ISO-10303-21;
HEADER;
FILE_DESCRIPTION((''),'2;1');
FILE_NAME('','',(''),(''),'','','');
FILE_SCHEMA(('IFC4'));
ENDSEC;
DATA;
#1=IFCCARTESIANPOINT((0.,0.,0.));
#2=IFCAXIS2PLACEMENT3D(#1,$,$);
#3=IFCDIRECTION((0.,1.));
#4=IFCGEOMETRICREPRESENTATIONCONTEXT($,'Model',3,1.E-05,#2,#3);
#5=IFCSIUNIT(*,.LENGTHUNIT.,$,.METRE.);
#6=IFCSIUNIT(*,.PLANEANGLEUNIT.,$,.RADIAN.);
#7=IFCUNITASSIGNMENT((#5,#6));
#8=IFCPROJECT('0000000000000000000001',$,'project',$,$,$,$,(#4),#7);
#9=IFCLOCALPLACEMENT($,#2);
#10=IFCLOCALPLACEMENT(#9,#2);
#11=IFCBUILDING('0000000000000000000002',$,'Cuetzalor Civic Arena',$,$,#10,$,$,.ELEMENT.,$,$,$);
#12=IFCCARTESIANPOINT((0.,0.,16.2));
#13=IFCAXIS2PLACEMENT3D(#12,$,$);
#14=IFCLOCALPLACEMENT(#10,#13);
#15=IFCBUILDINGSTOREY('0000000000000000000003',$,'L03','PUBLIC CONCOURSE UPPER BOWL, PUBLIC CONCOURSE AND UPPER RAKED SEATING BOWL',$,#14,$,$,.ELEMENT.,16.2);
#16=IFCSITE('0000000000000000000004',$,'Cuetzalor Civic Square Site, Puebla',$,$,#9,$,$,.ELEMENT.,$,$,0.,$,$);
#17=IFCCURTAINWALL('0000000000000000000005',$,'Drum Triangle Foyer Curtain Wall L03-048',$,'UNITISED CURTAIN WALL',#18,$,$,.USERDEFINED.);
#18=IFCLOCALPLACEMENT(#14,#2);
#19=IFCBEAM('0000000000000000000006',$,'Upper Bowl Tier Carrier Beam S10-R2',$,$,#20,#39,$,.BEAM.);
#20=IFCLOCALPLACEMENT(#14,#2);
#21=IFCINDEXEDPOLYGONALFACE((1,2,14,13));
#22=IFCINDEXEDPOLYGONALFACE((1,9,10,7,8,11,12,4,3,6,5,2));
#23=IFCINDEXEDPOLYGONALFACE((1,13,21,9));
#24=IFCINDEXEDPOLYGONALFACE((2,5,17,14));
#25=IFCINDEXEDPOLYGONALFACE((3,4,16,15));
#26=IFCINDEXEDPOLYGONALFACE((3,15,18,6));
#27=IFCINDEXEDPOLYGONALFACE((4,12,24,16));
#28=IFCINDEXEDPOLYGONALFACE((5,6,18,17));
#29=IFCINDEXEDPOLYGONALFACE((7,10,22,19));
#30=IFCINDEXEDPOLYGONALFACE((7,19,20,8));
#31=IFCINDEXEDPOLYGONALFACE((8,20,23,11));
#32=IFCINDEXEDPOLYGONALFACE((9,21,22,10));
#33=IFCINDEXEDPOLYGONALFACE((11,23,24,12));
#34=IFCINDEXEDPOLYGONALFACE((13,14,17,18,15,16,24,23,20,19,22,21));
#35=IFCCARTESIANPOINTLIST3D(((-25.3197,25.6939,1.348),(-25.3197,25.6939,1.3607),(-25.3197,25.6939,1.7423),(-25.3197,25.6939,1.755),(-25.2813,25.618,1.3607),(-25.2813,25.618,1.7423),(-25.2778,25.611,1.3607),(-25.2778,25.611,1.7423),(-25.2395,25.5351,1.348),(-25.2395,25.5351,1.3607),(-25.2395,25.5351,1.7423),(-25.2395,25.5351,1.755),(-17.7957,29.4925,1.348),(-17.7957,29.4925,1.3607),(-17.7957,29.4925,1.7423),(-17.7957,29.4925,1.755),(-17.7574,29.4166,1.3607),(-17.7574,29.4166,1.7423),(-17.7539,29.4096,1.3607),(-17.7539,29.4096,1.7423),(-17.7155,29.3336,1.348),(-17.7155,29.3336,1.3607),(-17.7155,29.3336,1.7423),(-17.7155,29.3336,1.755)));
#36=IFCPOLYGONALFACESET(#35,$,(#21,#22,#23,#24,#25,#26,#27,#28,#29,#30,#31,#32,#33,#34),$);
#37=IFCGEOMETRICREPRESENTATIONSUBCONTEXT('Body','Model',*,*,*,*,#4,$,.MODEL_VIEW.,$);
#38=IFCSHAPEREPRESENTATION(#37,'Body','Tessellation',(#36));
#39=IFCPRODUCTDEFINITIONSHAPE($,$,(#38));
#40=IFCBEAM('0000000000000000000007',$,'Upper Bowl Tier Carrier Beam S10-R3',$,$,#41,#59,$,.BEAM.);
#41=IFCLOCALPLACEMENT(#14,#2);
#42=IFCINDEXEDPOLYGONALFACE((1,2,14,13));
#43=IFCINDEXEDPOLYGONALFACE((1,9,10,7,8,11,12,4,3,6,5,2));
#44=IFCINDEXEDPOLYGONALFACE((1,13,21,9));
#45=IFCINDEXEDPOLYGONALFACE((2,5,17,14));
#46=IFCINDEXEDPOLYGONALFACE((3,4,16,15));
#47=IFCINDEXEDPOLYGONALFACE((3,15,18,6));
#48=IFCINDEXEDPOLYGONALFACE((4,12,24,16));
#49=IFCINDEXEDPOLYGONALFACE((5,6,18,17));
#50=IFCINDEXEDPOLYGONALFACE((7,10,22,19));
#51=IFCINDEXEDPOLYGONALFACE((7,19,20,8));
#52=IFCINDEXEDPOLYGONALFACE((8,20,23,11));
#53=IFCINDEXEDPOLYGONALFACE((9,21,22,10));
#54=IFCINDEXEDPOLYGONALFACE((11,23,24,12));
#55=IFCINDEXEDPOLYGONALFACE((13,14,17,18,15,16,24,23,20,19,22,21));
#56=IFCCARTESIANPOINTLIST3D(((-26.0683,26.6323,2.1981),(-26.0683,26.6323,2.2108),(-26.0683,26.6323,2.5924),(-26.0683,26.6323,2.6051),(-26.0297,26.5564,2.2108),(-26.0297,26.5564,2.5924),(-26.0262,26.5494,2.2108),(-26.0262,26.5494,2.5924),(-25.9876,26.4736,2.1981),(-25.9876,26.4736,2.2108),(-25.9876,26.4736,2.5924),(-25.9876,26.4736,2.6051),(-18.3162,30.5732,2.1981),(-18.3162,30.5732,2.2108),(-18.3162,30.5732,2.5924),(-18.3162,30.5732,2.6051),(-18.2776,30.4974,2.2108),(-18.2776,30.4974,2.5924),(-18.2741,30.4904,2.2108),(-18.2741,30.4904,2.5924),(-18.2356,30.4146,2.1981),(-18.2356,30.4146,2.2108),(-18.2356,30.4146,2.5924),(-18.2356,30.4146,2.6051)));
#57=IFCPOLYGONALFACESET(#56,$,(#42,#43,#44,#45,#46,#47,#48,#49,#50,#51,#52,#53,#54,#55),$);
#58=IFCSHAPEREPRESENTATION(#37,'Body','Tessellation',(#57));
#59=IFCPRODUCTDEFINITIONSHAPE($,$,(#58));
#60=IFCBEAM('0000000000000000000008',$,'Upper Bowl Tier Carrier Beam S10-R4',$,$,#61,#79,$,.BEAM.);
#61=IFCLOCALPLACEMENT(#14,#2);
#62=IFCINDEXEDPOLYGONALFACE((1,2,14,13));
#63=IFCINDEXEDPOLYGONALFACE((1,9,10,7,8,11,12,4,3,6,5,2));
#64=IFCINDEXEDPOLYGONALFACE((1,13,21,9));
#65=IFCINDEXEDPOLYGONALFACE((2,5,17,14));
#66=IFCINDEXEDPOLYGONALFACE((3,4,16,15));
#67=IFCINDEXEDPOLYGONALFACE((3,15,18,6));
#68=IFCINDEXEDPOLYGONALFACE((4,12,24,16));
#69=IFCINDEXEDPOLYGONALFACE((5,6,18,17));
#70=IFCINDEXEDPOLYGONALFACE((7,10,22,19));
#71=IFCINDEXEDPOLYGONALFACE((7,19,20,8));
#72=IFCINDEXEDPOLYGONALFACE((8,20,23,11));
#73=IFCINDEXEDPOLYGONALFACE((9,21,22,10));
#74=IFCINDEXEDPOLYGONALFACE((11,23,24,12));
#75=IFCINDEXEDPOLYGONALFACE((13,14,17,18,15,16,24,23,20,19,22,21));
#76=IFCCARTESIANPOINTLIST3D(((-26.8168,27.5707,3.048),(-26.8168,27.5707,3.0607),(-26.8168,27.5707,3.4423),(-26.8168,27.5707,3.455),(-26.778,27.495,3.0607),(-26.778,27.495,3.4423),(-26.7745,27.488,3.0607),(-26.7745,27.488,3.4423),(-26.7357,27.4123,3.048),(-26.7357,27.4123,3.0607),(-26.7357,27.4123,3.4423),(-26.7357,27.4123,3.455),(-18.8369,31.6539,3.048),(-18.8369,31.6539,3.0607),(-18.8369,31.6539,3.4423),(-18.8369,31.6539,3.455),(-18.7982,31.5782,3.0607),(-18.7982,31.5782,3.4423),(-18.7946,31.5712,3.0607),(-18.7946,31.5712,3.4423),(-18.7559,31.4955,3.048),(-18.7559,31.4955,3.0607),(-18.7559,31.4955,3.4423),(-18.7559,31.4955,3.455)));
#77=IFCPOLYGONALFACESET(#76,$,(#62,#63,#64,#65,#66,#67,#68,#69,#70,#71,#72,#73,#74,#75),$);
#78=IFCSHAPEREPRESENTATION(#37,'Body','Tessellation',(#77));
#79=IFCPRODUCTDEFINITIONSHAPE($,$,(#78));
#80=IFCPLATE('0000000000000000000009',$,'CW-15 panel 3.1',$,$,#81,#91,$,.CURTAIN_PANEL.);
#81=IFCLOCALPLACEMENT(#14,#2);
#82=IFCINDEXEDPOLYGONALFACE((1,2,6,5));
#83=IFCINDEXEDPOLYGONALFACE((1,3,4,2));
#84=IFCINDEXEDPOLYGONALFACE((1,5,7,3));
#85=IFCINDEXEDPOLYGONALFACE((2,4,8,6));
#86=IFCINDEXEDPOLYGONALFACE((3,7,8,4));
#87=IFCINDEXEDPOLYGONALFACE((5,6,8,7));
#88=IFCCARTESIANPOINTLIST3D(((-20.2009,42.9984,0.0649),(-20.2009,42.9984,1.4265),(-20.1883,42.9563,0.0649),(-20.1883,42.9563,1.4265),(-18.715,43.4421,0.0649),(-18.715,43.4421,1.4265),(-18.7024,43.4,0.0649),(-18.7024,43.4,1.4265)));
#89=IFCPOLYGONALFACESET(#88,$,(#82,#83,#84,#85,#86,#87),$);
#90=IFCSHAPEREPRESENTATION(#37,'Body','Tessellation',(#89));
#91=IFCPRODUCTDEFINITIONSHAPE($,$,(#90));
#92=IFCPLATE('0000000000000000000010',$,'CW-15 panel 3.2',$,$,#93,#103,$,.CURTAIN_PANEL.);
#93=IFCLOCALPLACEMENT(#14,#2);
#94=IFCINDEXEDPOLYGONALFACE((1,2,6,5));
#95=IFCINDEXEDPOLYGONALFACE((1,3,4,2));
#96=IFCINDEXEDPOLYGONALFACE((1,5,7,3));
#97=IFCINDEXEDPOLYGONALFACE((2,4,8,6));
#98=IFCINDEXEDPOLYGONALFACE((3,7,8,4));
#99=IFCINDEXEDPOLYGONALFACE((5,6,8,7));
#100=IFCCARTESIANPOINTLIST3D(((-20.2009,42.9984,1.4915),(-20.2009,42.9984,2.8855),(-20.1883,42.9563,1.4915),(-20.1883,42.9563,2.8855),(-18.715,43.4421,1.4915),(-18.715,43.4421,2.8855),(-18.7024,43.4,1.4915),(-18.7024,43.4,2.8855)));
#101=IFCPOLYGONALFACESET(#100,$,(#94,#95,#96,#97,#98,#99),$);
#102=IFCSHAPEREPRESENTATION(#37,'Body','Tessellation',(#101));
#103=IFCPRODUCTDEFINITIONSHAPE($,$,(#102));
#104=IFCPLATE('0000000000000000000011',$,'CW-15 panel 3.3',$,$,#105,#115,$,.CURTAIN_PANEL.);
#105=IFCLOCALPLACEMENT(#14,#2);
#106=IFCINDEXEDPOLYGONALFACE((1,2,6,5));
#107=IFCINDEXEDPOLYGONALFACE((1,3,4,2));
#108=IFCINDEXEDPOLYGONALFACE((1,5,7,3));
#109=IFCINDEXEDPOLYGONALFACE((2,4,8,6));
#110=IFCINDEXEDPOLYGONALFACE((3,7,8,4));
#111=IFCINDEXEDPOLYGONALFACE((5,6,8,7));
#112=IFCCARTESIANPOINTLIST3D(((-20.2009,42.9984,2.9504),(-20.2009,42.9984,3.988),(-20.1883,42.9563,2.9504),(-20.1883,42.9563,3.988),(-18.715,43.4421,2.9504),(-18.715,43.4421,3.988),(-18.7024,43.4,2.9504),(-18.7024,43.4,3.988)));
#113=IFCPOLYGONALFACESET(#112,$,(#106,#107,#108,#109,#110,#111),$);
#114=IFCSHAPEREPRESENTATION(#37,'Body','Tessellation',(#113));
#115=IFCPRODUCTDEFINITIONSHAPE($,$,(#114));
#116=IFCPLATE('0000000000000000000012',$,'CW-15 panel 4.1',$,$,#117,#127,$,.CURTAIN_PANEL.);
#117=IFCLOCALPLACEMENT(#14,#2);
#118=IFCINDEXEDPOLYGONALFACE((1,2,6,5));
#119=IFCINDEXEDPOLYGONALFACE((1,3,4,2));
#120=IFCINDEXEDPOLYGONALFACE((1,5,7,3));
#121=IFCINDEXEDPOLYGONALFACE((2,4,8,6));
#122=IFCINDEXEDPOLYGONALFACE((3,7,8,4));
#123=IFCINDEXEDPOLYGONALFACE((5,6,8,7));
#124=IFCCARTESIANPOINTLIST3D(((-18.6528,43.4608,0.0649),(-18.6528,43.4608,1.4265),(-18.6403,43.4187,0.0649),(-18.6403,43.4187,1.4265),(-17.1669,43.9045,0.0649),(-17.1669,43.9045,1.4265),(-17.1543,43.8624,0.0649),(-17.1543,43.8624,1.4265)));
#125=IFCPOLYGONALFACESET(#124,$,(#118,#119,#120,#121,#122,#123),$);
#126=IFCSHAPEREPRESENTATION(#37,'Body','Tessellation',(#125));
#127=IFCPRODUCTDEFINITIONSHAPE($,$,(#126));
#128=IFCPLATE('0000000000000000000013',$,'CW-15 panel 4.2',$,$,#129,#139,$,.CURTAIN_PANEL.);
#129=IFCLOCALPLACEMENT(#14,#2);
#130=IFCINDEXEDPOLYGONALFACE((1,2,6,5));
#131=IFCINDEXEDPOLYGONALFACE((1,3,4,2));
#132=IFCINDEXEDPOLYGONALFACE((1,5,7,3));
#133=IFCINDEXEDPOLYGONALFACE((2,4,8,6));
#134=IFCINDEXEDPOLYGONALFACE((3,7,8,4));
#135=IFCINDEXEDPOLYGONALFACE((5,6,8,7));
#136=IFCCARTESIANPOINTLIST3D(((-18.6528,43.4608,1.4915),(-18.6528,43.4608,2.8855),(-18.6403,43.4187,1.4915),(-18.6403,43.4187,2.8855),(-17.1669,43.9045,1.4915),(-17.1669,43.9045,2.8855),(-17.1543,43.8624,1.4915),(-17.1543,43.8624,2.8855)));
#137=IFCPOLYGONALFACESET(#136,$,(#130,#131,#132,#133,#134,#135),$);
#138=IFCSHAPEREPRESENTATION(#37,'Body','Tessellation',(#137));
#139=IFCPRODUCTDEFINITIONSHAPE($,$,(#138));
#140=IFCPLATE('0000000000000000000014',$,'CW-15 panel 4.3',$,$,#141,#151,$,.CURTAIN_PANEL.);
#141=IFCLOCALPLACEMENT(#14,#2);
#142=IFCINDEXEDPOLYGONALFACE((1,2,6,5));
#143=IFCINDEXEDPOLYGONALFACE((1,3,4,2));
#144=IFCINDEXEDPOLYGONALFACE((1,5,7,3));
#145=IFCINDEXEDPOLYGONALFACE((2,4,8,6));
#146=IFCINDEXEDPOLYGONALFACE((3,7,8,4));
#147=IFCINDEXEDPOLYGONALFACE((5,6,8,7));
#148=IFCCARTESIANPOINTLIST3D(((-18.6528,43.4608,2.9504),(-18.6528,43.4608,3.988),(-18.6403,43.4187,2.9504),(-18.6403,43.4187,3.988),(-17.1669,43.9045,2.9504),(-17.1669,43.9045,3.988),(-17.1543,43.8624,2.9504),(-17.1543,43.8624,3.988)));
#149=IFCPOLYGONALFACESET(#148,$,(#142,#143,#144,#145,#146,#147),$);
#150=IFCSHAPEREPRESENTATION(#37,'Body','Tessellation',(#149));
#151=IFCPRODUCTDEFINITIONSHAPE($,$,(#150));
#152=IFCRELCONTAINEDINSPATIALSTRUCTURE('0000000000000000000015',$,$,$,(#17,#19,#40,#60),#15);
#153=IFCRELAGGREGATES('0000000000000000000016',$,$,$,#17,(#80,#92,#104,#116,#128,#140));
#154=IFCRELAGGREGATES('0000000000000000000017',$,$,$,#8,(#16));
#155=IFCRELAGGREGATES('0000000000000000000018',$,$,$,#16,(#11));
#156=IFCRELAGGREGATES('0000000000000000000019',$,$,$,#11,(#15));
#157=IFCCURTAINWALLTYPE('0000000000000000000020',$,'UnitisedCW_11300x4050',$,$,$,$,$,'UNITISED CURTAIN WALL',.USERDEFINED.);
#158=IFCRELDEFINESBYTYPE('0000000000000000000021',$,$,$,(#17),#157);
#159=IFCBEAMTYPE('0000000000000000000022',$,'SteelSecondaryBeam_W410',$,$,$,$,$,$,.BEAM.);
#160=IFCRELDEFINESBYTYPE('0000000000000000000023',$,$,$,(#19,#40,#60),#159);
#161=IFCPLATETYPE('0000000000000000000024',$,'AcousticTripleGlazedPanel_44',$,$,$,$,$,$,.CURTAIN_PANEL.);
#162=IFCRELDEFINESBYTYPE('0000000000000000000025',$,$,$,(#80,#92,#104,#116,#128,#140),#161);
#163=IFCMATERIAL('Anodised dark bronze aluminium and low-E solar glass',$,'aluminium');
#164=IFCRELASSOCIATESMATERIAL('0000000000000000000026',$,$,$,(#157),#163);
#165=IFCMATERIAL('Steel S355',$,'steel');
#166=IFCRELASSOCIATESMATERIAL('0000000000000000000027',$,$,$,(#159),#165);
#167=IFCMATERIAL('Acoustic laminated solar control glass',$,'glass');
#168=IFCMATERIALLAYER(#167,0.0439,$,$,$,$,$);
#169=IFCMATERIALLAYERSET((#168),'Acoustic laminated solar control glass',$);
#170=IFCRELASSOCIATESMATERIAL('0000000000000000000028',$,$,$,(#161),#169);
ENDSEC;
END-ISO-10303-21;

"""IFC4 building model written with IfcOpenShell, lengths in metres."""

from ifc_helpers import new_model, si_unit, direction, frame, origin, origin_2d, place, context, subcontext, project, spatial, rectangle, i_section, extrude, material, layer, layer_set, material_profile, profile_set, type_object, element, aggregate, save


model = new_model("IFC4")

# Units and contexts
model_context = context("Model", 3, precision=1e-05, world=origin(), true_north=direction((0.0, 1.0)))
body_context = subcontext(model_context, "Body", "Model", "MODEL_VIEW")
ifc_project = project(units=[si_unit("LENGTHUNIT", "METRE"), si_unit("PLANEANGLEUNIT", "RADIAN")], contexts=[model_context])

# Site, building, storey
site_placement = place(None, origin())
site = spatial("IfcSite", under=ifc_project, at=site_placement, Name="Cuetzalor Civic Square Site, Puebla", CompositionType="ELEMENT", RefElevation=0.0)
building_placement = place(site_placement, origin())
building = spatial("IfcBuilding", under=site, at=building_placement, Name="Cuetzalor Civic Arena", CompositionType="ELEMENT")
storey_placement = place(building_placement, frame((0.0, 0.0, 16.2)))
storey = spatial("IfcBuildingStorey", under=building, at=storey_placement, Name="L03", Description="PUBLIC CONCOURSE UPPER BOWL, PUBLIC CONCOURSE AND UPPER RAKED SEATING BOWL", CompositionType="ELEMENT", Elevation=16.2)

# Curtain wall
ifc_material_1 = material(Name="Anodised dark bronze aluminium and low-E solar glass", Category="aluminium")
curtain_wall_type = type_object("IfcCurtainWallType", Name="UnitisedCW_11300x4050", ElementType="UNITISED CURTAIN WALL", PredefinedType="USERDEFINED", material=ifc_material_1)
curtain_wall_placement = place(storey_placement, origin())
curtain_wall = element("IfcCurtainWall", 1, at=curtain_wall_placement, inside=storey, type_object=curtain_wall_type, Name="Drum Triangle Foyer Curtain Wall L03-048", ObjectType="UNITISED CURTAIN WALL", PredefinedType="USERDEFINED")

# Beams
ifc_material_2 = material(Name="Steel S355", Category="steel")
ifc_material_profile_1 = material_profile(ifc_material_2, i_section(OverallWidth=0.178, OverallDepth=0.407, WebThickness=0.0078, FlangeThickness=0.0127, at=origin_2d()), Name="W410x60")
ifc_profile_set_1 = profile_set([ifc_material_profile_1], Name="Steel S355")
beam_type = type_object("IfcBeamType", Name="SteelSecondaryBeam_W410", PredefinedType="BEAM", material=ifc_profile_set_1)
beam_1_placement = place(storey_placement, frame((-17.7556, 29.4131, 1.5515), z_axis=(-0.892682, -0.450686, 0.0), x_axis=(0.450686, -0.892682, 0.0)))
element("IfcBeam", 2, at=beam_1_placement, inside=storey, type_object=beam_type, Name="Upper Bowl Tier Carrier Beam S10-R2", PredefinedType="BEAM", context=body_context, shape_type="SweptSolid", body=[
    extrude(i_section(OverallWidth=0.178, OverallDepth=0.407, WebThickness=0.0078, FlangeThickness=0.0127, at=origin_2d()), origin(), (0.0, 0.0, 1.0), 8.4285),
])
beam_2_placement = place(storey_placement, frame((-18.2759, 30.4939, 2.4016), z_axis=(-0.89142, -0.453178, 0.0), x_axis=(0.453178, -0.89142, 0.0)))
element("IfcBeam", 3, at=beam_2_placement, inside=storey, type_object=beam_type, Name="Upper Bowl Tier Carrier Beam S10-R3", PredefinedType="BEAM", context=body_context, shape_type="SweptSolid", body=[
    extrude(i_section(OverallWidth=0.178, OverallDepth=0.407, WebThickness=0.0078, FlangeThickness=0.0127, at=origin_2d()), origin(), (0.0, 0.0, 1.0), 8.6963),
])
beam_3_placement = place(storey_placement, frame((-18.7964, 31.5747, 3.2515), z_axis=(-0.890227, -0.455517, 0.0), x_axis=(0.455517, -0.890227, 0.0)))
element("IfcBeam", 4, at=beam_3_placement, inside=storey, type_object=beam_type, Name="Upper Bowl Tier Carrier Beam S10-R4", PredefinedType="BEAM", context=body_context, shape_type="SweptSolid", body=[
    extrude(i_section(OverallWidth=0.178, OverallDepth=0.407, WebThickness=0.0078, FlangeThickness=0.0127, at=origin_2d()), origin(), (0.0, 0.0, 1.0), 8.9639),
])

# Plates
ifc_material_3 = material(Name="Acoustic laminated solar control glass", Category="glass")
ifc_layer = layer(ifc_material_3, 0.0439)
ifc_layer_set = layer_set([ifc_layer], Name="Acoustic laminated solar control glass")
plate_type = type_object("IfcPlateType", Name="AcousticTripleGlazedPanel_44", PredefinedType="CURTAIN_PANEL", material=ifc_layer_set)
plate_1_placement = place(storey_placement, frame((-19.4517, 43.1992, 0.0649), z_axis=(0.0, 0.0, 1.0), x_axis=(0.958194, 0.28612, 0.0)))
plate_1 = element("IfcPlate", 5, at=plate_1_placement, type_object=plate_type, Name="CW-15 panel 3.1", PredefinedType="CURTAIN_PANEL", context=body_context, shape_type="SweptSolid", body=[
    extrude(rectangle(XDim=1.5508, YDim=0.0439, at=origin_2d()), origin(), (0.0, 0.0, 1.0), 1.3616),
])
plate_2_placement = place(storey_placement, frame((-19.4517, 43.1992, 1.4915), z_axis=(0.0, 0.0, 1.0), x_axis=(0.958194, 0.28612, 0.0)))
plate_2 = element("IfcPlate", 6, at=plate_2_placement, type_object=plate_type, Name="CW-15 panel 3.2", PredefinedType="CURTAIN_PANEL", context=body_context, shape_type="SweptSolid", body=[
    extrude(rectangle(XDim=1.5508, YDim=0.0439, at=origin_2d()), origin(), (0.0, 0.0, 1.0), 1.394),
])
plate_3_placement = place(storey_placement, frame((-19.4517, 43.1992, 2.9504), z_axis=(0.0, 0.0, 1.0), x_axis=(0.958194, 0.28612, 0.0)))
plate_3 = element("IfcPlate", 7, at=plate_3_placement, type_object=plate_type, Name="CW-15 panel 3.3", PredefinedType="CURTAIN_PANEL", context=body_context, shape_type="SweptSolid", body=[
    extrude(rectangle(XDim=1.5508, YDim=0.0439, at=origin_2d()), origin(), (0.0, 0.0, 1.0), 1.0376),
])
plate_4_placement = place(storey_placement, frame((-17.9036, 43.6616, 0.0649), z_axis=(0.0, 0.0, 1.0), x_axis=(0.958194, 0.28612, 0.0)))
plate_4 = element("IfcPlate", 8, at=plate_4_placement, type_object=plate_type, Name="CW-15 panel 4.1", PredefinedType="CURTAIN_PANEL", context=body_context, shape_type="SweptSolid", body=[
    extrude(rectangle(XDim=1.5508, YDim=0.0439, at=origin_2d()), origin(), (0.0, 0.0, 1.0), 1.3616),
])
plate_5_placement = place(storey_placement, frame((-17.9036, 43.6616, 1.4915), z_axis=(0.0, 0.0, 1.0), x_axis=(0.958194, 0.28612, 0.0)))
plate_5 = element("IfcPlate", 9, at=plate_5_placement, type_object=plate_type, Name="CW-15 panel 4.2", PredefinedType="CURTAIN_PANEL", context=body_context, shape_type="SweptSolid", body=[
    extrude(rectangle(XDim=1.5508, YDim=0.0439, at=origin_2d()), origin(), (0.0, 0.0, 1.0), 1.394),
])
plate_6_placement = place(storey_placement, frame((-17.9036, 43.6616, 2.9504), z_axis=(0.0, 0.0, 1.0), x_axis=(0.958194, 0.28612, 0.0)))
plate_6 = element("IfcPlate", 10, at=plate_6_placement, type_object=plate_type, Name="CW-15 panel 4.3", PredefinedType="CURTAIN_PANEL", context=body_context, shape_type="SweptSolid", body=[
    extrude(rectangle(XDim=1.5508, YDim=0.0439, at=origin_2d()), origin(), (0.0, 0.0, 1.0), 1.0376),
])
aggregate(curtain_wall, [plate_1, plate_2, plate_3, plate_4, plate_5, plate_6])

save(model, "model.ifc")
